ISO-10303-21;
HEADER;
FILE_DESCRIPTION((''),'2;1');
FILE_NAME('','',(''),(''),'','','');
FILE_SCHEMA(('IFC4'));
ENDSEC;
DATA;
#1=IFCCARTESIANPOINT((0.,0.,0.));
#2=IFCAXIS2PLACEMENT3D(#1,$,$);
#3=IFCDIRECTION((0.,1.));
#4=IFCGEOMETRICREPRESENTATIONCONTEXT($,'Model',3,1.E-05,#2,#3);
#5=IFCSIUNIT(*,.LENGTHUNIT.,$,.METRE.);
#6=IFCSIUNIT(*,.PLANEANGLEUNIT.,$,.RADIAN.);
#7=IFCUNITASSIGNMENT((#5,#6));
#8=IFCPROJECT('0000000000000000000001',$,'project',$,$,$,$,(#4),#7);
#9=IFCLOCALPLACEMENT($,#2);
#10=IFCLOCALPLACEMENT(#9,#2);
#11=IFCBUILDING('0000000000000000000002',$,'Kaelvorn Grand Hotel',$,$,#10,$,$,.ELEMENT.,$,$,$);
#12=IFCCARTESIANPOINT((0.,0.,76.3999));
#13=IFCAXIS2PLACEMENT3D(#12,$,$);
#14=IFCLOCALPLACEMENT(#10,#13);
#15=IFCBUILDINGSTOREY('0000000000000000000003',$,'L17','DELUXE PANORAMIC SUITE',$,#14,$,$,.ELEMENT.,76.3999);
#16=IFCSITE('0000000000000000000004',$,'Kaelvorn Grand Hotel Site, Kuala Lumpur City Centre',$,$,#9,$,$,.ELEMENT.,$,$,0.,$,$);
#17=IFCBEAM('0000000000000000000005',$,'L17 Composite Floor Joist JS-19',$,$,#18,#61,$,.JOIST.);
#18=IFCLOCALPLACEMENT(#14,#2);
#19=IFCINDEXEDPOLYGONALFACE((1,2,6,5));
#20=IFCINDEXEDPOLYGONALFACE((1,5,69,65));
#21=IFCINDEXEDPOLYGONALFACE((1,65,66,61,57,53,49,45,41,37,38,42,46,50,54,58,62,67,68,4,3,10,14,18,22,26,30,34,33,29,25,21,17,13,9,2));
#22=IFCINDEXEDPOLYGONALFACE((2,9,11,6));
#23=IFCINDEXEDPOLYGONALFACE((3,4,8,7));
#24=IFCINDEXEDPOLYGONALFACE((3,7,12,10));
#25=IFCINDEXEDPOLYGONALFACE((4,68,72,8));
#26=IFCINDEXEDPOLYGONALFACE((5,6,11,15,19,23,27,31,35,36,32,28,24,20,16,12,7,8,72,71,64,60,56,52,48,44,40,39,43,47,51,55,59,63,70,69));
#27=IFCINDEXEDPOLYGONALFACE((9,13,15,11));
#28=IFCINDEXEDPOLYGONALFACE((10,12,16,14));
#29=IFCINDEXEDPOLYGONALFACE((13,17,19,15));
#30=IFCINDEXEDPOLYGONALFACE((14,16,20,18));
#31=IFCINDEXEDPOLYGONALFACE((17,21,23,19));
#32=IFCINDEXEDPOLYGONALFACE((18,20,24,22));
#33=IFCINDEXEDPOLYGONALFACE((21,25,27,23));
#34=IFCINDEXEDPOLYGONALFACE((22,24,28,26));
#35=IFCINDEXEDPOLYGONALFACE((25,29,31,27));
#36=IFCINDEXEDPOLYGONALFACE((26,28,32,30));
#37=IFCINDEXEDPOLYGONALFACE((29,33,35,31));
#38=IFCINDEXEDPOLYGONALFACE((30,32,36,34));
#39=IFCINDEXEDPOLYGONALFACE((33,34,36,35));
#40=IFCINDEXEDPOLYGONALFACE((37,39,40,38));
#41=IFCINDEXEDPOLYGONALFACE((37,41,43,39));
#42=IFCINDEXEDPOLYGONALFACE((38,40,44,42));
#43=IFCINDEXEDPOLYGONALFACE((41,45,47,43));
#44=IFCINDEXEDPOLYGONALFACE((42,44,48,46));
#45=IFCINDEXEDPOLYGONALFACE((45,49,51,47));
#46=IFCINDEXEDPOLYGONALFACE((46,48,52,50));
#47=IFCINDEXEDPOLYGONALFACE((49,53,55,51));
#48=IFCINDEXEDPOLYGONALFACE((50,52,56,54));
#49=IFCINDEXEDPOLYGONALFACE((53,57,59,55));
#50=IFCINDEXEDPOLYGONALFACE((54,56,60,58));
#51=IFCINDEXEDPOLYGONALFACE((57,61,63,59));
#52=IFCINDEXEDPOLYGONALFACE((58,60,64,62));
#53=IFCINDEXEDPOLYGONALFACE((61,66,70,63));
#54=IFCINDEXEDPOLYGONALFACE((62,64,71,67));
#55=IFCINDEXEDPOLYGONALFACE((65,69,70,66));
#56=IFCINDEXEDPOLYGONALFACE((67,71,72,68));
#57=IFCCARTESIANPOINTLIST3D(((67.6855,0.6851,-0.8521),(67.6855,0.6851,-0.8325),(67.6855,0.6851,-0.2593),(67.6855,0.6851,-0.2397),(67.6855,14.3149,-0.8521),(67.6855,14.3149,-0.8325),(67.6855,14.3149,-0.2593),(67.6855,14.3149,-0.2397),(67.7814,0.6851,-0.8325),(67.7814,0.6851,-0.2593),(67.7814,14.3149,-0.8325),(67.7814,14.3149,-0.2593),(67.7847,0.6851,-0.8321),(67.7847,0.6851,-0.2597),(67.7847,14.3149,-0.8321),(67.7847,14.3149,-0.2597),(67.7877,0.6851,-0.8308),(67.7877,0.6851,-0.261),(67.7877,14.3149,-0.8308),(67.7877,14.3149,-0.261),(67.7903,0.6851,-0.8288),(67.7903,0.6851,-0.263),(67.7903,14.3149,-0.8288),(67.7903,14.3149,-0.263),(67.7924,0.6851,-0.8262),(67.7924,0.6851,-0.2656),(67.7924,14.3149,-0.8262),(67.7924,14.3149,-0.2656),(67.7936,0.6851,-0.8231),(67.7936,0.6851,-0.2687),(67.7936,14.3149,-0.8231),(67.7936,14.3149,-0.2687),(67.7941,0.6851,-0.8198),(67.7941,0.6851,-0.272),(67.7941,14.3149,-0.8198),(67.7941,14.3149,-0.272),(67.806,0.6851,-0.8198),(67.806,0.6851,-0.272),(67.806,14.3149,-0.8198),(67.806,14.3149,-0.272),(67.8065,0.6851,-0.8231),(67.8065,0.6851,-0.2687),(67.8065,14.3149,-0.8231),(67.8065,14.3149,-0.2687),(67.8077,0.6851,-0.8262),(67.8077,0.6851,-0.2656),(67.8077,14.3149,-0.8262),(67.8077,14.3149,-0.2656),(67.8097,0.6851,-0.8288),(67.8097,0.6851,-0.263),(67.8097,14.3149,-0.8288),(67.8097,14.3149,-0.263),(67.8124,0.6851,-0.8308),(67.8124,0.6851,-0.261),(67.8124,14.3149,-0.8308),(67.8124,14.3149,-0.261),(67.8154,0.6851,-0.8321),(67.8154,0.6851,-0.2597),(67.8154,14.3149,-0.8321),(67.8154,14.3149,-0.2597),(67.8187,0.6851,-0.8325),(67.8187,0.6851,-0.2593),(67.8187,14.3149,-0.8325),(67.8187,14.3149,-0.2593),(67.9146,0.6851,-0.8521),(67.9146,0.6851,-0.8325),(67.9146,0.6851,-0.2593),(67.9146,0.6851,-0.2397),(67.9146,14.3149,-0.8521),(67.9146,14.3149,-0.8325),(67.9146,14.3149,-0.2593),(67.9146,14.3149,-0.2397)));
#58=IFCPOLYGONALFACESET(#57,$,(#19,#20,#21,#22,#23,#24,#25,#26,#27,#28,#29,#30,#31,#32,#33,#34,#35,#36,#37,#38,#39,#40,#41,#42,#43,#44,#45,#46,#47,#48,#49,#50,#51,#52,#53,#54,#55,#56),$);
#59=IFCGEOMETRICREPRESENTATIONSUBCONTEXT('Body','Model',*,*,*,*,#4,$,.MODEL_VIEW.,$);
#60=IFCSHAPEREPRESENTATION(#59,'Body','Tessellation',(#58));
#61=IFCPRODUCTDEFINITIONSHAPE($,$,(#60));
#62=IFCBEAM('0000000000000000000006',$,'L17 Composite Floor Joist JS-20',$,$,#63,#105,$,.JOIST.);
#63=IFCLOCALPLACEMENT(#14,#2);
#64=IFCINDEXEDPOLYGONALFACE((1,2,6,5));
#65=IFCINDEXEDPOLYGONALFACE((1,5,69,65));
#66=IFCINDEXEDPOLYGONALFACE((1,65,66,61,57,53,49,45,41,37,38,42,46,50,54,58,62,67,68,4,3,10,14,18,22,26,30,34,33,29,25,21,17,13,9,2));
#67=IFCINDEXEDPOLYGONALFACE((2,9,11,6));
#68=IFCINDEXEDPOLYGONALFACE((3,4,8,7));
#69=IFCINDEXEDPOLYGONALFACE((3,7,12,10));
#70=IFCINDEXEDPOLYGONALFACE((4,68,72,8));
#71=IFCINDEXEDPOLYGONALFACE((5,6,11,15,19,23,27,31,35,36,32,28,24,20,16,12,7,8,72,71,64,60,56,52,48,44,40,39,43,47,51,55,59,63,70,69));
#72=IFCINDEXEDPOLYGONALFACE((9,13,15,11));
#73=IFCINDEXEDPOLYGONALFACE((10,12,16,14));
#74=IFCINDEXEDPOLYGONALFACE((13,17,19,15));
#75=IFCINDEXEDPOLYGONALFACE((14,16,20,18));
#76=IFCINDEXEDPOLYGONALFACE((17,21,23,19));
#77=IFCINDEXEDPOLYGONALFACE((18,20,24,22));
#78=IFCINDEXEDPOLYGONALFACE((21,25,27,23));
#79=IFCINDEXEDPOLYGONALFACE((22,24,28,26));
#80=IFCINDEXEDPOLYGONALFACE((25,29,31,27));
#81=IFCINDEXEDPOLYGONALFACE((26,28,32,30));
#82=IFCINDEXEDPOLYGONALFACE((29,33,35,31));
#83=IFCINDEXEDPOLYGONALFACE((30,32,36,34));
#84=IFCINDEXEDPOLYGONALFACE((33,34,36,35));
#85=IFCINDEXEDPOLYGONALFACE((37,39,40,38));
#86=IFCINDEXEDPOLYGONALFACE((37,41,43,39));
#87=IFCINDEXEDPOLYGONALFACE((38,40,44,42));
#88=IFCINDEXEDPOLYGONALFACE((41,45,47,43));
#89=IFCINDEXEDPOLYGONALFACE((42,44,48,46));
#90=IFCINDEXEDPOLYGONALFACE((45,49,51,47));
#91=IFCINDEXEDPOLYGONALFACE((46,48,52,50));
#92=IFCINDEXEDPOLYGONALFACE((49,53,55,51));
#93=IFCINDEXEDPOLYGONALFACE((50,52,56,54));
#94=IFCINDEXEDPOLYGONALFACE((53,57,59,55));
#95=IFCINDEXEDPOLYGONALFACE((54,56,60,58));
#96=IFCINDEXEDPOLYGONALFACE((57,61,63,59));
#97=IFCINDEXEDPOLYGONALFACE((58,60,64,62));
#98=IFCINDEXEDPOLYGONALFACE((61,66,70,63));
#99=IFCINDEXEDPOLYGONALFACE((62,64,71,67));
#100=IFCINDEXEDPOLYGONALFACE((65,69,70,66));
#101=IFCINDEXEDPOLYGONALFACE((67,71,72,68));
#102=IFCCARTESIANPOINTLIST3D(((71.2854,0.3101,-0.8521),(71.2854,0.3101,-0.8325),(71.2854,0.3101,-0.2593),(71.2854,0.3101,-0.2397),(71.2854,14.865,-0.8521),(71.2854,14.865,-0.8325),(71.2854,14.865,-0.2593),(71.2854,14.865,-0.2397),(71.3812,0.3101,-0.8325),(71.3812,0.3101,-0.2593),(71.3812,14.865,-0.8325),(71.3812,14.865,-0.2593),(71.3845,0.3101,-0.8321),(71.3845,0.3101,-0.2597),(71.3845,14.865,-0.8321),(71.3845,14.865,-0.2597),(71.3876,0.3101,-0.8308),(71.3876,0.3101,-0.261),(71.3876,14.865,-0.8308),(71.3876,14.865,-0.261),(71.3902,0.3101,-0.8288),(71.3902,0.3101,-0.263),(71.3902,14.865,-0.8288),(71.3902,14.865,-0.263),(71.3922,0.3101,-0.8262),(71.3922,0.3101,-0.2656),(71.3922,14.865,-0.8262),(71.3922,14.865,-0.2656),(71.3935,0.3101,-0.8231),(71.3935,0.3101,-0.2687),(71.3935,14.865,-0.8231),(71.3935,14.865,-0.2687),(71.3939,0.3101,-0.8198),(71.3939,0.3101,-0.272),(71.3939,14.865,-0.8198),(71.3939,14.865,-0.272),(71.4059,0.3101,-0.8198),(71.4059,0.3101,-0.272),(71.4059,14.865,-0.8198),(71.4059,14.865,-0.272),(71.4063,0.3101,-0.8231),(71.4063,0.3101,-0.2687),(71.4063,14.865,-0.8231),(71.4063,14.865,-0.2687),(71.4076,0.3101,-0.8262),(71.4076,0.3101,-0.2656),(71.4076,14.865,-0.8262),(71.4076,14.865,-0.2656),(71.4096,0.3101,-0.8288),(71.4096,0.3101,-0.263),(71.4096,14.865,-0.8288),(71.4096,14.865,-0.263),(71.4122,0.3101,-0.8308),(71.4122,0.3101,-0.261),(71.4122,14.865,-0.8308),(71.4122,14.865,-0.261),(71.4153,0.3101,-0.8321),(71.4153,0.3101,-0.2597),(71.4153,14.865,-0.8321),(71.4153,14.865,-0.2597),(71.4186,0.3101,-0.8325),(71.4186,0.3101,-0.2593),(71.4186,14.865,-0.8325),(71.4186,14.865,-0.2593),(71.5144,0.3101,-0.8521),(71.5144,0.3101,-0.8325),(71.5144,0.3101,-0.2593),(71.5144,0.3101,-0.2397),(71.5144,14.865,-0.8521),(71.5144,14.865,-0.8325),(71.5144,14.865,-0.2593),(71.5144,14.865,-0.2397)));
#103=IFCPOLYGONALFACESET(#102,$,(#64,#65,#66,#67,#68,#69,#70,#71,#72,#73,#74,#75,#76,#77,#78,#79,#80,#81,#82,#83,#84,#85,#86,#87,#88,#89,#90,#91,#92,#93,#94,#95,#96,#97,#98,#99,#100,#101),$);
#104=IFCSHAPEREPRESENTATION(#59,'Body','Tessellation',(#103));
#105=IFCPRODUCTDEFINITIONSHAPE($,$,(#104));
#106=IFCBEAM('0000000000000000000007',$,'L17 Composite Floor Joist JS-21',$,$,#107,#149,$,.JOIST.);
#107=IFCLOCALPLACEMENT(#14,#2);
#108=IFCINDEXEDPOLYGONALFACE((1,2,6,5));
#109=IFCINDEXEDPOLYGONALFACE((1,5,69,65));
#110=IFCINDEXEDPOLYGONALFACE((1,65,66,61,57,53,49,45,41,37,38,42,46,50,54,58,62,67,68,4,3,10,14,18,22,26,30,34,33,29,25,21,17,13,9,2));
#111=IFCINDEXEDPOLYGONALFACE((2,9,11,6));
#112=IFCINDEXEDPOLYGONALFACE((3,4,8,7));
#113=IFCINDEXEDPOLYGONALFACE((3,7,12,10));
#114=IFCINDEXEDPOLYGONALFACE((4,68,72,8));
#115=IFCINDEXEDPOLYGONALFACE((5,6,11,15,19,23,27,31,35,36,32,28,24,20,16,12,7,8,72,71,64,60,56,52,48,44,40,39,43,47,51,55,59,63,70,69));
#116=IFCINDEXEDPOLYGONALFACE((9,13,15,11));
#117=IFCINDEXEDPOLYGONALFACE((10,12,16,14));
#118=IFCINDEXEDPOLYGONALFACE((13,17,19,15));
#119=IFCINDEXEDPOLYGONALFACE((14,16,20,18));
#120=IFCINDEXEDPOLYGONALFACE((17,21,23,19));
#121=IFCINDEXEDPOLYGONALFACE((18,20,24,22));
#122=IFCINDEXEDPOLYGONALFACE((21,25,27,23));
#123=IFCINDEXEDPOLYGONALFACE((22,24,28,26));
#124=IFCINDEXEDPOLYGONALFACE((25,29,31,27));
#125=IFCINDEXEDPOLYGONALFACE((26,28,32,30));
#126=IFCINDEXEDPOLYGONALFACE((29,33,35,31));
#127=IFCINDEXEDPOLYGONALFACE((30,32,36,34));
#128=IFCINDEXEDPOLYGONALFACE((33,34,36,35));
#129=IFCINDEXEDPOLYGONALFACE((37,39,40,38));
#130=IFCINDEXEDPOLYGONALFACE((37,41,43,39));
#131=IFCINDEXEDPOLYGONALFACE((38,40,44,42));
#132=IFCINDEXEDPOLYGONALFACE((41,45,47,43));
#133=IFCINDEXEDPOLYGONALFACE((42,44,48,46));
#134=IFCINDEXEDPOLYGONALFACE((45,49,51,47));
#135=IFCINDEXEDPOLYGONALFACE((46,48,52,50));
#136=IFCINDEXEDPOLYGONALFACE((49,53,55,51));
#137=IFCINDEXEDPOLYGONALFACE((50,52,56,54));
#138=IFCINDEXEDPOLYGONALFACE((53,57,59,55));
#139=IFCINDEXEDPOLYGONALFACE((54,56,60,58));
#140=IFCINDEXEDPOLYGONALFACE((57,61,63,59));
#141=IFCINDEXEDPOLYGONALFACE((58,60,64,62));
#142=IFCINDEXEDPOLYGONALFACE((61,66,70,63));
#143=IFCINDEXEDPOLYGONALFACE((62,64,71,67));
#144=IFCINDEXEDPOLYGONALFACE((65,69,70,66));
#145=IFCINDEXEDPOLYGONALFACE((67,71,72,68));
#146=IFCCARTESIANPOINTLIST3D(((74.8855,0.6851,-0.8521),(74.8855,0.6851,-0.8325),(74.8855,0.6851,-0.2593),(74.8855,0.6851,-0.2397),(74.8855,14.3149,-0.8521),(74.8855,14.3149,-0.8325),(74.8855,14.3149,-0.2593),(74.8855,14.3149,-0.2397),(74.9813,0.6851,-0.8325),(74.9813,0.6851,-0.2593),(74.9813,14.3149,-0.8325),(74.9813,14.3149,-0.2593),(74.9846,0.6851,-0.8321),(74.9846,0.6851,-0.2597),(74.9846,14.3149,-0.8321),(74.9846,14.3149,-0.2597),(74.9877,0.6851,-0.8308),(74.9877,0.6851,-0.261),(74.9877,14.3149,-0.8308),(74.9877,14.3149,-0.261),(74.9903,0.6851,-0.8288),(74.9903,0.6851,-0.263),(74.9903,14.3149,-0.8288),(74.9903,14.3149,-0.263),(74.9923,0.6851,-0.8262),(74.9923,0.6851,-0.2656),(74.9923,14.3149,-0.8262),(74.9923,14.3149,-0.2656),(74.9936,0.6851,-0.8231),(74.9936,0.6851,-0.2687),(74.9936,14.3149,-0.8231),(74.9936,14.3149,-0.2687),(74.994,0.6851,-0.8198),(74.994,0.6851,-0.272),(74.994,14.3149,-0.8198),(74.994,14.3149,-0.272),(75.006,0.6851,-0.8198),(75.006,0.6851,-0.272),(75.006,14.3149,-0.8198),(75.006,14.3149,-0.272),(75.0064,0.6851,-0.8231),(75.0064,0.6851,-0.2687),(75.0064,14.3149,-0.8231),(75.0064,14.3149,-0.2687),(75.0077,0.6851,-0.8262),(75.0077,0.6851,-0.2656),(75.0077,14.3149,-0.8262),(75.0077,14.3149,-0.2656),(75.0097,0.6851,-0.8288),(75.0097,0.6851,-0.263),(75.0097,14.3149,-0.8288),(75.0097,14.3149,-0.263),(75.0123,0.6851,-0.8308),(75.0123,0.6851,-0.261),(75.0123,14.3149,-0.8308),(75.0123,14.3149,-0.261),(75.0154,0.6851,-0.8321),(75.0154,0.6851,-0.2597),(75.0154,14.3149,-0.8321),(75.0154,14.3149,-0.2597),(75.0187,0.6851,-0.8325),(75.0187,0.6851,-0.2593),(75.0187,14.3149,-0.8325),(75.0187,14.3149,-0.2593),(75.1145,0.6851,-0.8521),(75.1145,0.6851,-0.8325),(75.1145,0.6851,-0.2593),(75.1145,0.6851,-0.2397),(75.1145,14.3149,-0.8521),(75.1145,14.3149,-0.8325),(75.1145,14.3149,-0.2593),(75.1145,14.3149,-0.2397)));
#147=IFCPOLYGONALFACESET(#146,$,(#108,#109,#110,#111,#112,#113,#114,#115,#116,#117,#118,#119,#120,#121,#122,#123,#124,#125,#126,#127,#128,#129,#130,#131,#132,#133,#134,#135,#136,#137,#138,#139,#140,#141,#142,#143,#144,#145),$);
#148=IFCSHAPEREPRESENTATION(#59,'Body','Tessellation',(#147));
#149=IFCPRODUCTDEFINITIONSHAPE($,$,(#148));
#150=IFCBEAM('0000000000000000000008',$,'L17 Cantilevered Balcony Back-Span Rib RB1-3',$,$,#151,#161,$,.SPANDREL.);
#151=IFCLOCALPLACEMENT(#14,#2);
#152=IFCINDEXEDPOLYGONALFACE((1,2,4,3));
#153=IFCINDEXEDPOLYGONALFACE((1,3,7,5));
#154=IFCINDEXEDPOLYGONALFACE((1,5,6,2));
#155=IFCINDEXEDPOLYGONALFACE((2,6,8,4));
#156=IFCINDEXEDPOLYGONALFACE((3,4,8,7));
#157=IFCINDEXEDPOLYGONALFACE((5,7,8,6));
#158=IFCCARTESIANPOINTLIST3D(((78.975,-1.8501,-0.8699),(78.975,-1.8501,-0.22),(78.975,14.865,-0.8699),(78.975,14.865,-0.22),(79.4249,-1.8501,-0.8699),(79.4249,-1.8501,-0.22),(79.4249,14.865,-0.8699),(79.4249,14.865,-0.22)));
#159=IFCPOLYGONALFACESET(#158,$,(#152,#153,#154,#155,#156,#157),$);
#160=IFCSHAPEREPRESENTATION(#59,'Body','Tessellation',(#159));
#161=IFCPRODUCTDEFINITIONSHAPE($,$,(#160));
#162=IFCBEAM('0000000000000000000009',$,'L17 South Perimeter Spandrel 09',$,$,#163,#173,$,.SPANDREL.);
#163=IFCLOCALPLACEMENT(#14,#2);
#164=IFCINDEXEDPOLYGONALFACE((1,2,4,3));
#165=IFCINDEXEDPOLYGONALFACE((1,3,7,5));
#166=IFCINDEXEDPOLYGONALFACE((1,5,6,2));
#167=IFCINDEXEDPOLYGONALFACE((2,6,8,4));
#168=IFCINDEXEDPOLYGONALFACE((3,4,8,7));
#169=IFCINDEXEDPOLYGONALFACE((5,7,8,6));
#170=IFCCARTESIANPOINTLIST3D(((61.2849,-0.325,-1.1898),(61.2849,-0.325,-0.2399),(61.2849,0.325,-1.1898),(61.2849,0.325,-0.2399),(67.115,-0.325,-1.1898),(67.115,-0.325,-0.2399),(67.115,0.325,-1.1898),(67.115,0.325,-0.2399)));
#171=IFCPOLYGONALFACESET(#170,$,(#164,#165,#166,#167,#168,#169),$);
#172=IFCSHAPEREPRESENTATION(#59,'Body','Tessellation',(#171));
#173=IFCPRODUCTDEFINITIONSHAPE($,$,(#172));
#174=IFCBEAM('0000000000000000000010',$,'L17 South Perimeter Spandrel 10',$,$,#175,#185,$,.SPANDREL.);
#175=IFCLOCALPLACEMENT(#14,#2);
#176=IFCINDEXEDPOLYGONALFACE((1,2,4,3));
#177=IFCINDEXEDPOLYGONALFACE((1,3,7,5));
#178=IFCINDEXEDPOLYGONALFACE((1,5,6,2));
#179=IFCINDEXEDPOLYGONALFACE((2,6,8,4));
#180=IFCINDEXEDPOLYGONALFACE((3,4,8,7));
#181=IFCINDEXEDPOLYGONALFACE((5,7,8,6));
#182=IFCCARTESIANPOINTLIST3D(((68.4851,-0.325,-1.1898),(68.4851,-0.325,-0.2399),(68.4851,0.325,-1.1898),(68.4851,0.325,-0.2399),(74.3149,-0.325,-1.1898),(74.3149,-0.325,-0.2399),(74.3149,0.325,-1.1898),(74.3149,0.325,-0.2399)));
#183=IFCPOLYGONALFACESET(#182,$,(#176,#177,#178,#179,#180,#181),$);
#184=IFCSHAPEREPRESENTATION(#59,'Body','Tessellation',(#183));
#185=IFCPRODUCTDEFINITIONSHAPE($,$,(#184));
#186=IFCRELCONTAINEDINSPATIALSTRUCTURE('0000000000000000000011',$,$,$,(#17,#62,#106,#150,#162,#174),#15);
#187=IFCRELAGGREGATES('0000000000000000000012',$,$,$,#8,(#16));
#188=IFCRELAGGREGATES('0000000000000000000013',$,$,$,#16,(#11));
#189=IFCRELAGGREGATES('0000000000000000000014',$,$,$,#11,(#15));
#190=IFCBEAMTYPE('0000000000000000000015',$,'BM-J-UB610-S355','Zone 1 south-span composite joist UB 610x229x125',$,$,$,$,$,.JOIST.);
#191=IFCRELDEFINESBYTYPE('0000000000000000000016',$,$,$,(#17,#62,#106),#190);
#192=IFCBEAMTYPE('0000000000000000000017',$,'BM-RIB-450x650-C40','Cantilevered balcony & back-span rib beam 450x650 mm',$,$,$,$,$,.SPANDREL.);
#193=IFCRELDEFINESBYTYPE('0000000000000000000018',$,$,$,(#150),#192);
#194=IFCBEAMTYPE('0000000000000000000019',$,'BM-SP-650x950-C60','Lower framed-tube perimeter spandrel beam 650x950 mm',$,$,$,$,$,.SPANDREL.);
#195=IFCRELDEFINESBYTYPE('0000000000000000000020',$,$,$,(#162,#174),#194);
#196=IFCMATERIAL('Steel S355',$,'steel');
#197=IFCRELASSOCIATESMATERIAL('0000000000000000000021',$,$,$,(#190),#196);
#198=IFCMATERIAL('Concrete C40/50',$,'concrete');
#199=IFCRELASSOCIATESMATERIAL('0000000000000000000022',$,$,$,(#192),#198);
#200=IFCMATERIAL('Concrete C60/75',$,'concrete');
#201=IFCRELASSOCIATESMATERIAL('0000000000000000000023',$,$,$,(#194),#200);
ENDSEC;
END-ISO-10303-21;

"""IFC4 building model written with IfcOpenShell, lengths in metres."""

from ifc_helpers import new_model, si_unit, direction, frame, origin, origin_2d, place, context, subcontext, project, spatial, rectangle, i_section, extrude, material, material_profile, profile_set, type_object, element, save


model = new_model("IFC4")

# Units and contexts
model_context = context("Model", 3, precision=1e-05, world=origin(), true_north=direction((0.0, 1.0)))
body_context = subcontext(model_context, "Body", "Model", "MODEL_VIEW")
ifc_project = project(units=[si_unit("LENGTHUNIT", "METRE"), si_unit("PLANEANGLEUNIT", "RADIAN")], contexts=[model_context])

# Site, building, storey
site_placement = place(None, origin())
site = spatial("IfcSite", under=ifc_project, at=site_placement, Name="Kaelvorn Grand Hotel Site, Kuala Lumpur City Centre", CompositionType="ELEMENT", RefElevation=0.0)
building_placement = place(site_placement, origin())
building = spatial("IfcBuilding", under=site, at=building_placement, Name="Kaelvorn Grand Hotel", CompositionType="ELEMENT")
storey_placement = place(building_placement, frame((0.0, 0.0, 76.3999)))
storey = spatial("IfcBuildingStorey", under=building, at=storey_placement, Name="L17", Description="DELUXE PANORAMIC SUITE", CompositionType="ELEMENT", Elevation=76.3999)

# Beams
ifc_material_1 = material(Name="Steel S355", Category="steel")
ifc_material_profile_1 = material_profile(ifc_material_1, i_section(OverallWidth=0.229, OverallDepth=0.6123, WebThickness=0.012, FlangeThickness=0.0195, FilletRadius=0.0127, at=origin_2d()), Name="UB 610x229x125")
ifc_profile_set_1 = profile_set([ifc_material_profile_1], Name="Steel S355")
beam_type_1 = type_object("IfcBeamType", Name="BM-J-UB610-S355", Description="Zone 1 south-span composite joist UB 610x229x125", PredefinedType="JOIST", material=ifc_profile_set_1)
beam_1_placement = place(storey_placement, frame((67.8, 0.6851, -0.5459), z_axis=(0.0, 1.0, 0.0), x_axis=(-1.0, 0.0, 0.0)))
element("IfcBeam", 1, at=beam_1_placement, inside=storey, type_object=beam_type_1, Name="L17 Composite Floor Joist JS-19", PredefinedType="JOIST", context=body_context, shape_type="SweptSolid", body=[
    extrude(i_section(OverallWidth=0.229, OverallDepth=0.6123, WebThickness=0.012, FlangeThickness=0.0195, FilletRadius=0.0127, at=origin_2d()), origin(), (0.0, 0.0, 1.0), 13.6299),
])
beam_2_placement = place(storey_placement, frame((71.3999, 0.3101, -0.5459), z_axis=(0.0, 1.0, 0.0), x_axis=(-1.0, 0.0, 0.0)))
element("IfcBeam", 2, at=beam_2_placement, inside=storey, type_object=beam_type_1, Name="L17 Composite Floor Joist JS-20", PredefinedType="JOIST", context=body_context, shape_type="SweptSolid", body=[
    extrude(i_section(OverallWidth=0.229, OverallDepth=0.6123, WebThickness=0.012, FlangeThickness=0.0195, FilletRadius=0.0127, at=origin_2d()), origin(), (0.0, 0.0, 1.0), 14.5549),
])
beam_3_placement = place(storey_placement, frame((75.0, 0.6851, -0.5459), z_axis=(0.0, 1.0, 0.0), x_axis=(-1.0, 0.0, 0.0)))
element("IfcBeam", 3, at=beam_3_placement, inside=storey, type_object=beam_type_1, Name="L17 Composite Floor Joist JS-21", PredefinedType="JOIST", context=body_context, shape_type="SweptSolid", body=[
    extrude(i_section(OverallWidth=0.229, OverallDepth=0.6123, WebThickness=0.012, FlangeThickness=0.0195, FilletRadius=0.0127, at=origin_2d()), origin(), (0.0, 0.0, 1.0), 13.6299),
])
ifc_material_2 = material(Name="Concrete C40/50", Category="concrete")
ifc_material_profile_2 = material_profile(ifc_material_2, rectangle(XDim=0.45, YDim=0.6499, at=origin_2d()), Name="RC RIB 450x650")
ifc_profile_set_2 = profile_set([ifc_material_profile_2], Name="Concrete C40/50")
beam_type_2 = type_object("IfcBeamType", Name="BM-RIB-450x650-C40", Description="Cantilevered balcony & back-span rib beam 450x650 mm", PredefinedType="SPANDREL", material=ifc_profile_set_2)
beam_4_placement = place(storey_placement, frame((79.2, -1.8501, -0.5449), z_axis=(0.0, 1.0, 0.0), x_axis=(-1.0, 0.0, 0.0)))
element("IfcBeam", 4, at=beam_4_placement, inside=storey, type_object=beam_type_2, Name="L17 Cantilevered Balcony Back-Span Rib RB1-3", PredefinedType="SPANDREL", context=body_context, shape_type="SweptSolid", body=[
    extrude(rectangle(XDim=0.45, YDim=0.6499, at=origin_2d()), origin(), (0.0, 0.0, 1.0), 16.7151),
])
ifc_material_3 = material(Name="Concrete C60/75", Category="concrete")
ifc_material_profile_3 = material_profile(ifc_material_3, rectangle(XDim=0.6499, YDim=0.95, at=origin_2d()), Name="RC SPANDREL 650x950")
ifc_profile_set_3 = profile_set([ifc_material_profile_3], Name="Concrete C60/75")
beam_type_3 = type_object("IfcBeamType", Name="BM-SP-650x950-C60", Description="Lower framed-tube perimeter spandrel beam 650x950 mm", PredefinedType="SPANDREL", material=ifc_profile_set_3)
beam_5_placement = place(storey_placement, frame((61.2849, 0.0, -0.7148), z_axis=(1.0, 0.0, 0.0), x_axis=(0.0, 1.0, 0.0)))
element("IfcBeam", 5, at=beam_5_placement, inside=storey, type_object=beam_type_3, Name="L17 South Perimeter Spandrel 09", PredefinedType="SPANDREL", context=body_context, shape_type="SweptSolid", body=[
    extrude(rectangle(XDim=0.6499, YDim=0.95, at=origin_2d()), origin(), (0.0, 0.0, 1.0), 5.8301),
])
beam_6_placement = place(storey_placement, frame((68.4851, 0.0, -0.7148), z_axis=(1.0, 0.0, 0.0), x_axis=(0.0, 1.0, 0.0)))
element("IfcBeam", 6, at=beam_6_placement, inside=storey, type_object=beam_type_3, Name="L17 South Perimeter Spandrel 10", PredefinedType="SPANDREL", context=body_context, shape_type="SweptSolid", body=[
    extrude(rectangle(XDim=0.6499, YDim=0.95, at=origin_2d()), origin(), (0.0, 0.0, 1.0), 5.8298),
])

save(model, "model.ifc")
